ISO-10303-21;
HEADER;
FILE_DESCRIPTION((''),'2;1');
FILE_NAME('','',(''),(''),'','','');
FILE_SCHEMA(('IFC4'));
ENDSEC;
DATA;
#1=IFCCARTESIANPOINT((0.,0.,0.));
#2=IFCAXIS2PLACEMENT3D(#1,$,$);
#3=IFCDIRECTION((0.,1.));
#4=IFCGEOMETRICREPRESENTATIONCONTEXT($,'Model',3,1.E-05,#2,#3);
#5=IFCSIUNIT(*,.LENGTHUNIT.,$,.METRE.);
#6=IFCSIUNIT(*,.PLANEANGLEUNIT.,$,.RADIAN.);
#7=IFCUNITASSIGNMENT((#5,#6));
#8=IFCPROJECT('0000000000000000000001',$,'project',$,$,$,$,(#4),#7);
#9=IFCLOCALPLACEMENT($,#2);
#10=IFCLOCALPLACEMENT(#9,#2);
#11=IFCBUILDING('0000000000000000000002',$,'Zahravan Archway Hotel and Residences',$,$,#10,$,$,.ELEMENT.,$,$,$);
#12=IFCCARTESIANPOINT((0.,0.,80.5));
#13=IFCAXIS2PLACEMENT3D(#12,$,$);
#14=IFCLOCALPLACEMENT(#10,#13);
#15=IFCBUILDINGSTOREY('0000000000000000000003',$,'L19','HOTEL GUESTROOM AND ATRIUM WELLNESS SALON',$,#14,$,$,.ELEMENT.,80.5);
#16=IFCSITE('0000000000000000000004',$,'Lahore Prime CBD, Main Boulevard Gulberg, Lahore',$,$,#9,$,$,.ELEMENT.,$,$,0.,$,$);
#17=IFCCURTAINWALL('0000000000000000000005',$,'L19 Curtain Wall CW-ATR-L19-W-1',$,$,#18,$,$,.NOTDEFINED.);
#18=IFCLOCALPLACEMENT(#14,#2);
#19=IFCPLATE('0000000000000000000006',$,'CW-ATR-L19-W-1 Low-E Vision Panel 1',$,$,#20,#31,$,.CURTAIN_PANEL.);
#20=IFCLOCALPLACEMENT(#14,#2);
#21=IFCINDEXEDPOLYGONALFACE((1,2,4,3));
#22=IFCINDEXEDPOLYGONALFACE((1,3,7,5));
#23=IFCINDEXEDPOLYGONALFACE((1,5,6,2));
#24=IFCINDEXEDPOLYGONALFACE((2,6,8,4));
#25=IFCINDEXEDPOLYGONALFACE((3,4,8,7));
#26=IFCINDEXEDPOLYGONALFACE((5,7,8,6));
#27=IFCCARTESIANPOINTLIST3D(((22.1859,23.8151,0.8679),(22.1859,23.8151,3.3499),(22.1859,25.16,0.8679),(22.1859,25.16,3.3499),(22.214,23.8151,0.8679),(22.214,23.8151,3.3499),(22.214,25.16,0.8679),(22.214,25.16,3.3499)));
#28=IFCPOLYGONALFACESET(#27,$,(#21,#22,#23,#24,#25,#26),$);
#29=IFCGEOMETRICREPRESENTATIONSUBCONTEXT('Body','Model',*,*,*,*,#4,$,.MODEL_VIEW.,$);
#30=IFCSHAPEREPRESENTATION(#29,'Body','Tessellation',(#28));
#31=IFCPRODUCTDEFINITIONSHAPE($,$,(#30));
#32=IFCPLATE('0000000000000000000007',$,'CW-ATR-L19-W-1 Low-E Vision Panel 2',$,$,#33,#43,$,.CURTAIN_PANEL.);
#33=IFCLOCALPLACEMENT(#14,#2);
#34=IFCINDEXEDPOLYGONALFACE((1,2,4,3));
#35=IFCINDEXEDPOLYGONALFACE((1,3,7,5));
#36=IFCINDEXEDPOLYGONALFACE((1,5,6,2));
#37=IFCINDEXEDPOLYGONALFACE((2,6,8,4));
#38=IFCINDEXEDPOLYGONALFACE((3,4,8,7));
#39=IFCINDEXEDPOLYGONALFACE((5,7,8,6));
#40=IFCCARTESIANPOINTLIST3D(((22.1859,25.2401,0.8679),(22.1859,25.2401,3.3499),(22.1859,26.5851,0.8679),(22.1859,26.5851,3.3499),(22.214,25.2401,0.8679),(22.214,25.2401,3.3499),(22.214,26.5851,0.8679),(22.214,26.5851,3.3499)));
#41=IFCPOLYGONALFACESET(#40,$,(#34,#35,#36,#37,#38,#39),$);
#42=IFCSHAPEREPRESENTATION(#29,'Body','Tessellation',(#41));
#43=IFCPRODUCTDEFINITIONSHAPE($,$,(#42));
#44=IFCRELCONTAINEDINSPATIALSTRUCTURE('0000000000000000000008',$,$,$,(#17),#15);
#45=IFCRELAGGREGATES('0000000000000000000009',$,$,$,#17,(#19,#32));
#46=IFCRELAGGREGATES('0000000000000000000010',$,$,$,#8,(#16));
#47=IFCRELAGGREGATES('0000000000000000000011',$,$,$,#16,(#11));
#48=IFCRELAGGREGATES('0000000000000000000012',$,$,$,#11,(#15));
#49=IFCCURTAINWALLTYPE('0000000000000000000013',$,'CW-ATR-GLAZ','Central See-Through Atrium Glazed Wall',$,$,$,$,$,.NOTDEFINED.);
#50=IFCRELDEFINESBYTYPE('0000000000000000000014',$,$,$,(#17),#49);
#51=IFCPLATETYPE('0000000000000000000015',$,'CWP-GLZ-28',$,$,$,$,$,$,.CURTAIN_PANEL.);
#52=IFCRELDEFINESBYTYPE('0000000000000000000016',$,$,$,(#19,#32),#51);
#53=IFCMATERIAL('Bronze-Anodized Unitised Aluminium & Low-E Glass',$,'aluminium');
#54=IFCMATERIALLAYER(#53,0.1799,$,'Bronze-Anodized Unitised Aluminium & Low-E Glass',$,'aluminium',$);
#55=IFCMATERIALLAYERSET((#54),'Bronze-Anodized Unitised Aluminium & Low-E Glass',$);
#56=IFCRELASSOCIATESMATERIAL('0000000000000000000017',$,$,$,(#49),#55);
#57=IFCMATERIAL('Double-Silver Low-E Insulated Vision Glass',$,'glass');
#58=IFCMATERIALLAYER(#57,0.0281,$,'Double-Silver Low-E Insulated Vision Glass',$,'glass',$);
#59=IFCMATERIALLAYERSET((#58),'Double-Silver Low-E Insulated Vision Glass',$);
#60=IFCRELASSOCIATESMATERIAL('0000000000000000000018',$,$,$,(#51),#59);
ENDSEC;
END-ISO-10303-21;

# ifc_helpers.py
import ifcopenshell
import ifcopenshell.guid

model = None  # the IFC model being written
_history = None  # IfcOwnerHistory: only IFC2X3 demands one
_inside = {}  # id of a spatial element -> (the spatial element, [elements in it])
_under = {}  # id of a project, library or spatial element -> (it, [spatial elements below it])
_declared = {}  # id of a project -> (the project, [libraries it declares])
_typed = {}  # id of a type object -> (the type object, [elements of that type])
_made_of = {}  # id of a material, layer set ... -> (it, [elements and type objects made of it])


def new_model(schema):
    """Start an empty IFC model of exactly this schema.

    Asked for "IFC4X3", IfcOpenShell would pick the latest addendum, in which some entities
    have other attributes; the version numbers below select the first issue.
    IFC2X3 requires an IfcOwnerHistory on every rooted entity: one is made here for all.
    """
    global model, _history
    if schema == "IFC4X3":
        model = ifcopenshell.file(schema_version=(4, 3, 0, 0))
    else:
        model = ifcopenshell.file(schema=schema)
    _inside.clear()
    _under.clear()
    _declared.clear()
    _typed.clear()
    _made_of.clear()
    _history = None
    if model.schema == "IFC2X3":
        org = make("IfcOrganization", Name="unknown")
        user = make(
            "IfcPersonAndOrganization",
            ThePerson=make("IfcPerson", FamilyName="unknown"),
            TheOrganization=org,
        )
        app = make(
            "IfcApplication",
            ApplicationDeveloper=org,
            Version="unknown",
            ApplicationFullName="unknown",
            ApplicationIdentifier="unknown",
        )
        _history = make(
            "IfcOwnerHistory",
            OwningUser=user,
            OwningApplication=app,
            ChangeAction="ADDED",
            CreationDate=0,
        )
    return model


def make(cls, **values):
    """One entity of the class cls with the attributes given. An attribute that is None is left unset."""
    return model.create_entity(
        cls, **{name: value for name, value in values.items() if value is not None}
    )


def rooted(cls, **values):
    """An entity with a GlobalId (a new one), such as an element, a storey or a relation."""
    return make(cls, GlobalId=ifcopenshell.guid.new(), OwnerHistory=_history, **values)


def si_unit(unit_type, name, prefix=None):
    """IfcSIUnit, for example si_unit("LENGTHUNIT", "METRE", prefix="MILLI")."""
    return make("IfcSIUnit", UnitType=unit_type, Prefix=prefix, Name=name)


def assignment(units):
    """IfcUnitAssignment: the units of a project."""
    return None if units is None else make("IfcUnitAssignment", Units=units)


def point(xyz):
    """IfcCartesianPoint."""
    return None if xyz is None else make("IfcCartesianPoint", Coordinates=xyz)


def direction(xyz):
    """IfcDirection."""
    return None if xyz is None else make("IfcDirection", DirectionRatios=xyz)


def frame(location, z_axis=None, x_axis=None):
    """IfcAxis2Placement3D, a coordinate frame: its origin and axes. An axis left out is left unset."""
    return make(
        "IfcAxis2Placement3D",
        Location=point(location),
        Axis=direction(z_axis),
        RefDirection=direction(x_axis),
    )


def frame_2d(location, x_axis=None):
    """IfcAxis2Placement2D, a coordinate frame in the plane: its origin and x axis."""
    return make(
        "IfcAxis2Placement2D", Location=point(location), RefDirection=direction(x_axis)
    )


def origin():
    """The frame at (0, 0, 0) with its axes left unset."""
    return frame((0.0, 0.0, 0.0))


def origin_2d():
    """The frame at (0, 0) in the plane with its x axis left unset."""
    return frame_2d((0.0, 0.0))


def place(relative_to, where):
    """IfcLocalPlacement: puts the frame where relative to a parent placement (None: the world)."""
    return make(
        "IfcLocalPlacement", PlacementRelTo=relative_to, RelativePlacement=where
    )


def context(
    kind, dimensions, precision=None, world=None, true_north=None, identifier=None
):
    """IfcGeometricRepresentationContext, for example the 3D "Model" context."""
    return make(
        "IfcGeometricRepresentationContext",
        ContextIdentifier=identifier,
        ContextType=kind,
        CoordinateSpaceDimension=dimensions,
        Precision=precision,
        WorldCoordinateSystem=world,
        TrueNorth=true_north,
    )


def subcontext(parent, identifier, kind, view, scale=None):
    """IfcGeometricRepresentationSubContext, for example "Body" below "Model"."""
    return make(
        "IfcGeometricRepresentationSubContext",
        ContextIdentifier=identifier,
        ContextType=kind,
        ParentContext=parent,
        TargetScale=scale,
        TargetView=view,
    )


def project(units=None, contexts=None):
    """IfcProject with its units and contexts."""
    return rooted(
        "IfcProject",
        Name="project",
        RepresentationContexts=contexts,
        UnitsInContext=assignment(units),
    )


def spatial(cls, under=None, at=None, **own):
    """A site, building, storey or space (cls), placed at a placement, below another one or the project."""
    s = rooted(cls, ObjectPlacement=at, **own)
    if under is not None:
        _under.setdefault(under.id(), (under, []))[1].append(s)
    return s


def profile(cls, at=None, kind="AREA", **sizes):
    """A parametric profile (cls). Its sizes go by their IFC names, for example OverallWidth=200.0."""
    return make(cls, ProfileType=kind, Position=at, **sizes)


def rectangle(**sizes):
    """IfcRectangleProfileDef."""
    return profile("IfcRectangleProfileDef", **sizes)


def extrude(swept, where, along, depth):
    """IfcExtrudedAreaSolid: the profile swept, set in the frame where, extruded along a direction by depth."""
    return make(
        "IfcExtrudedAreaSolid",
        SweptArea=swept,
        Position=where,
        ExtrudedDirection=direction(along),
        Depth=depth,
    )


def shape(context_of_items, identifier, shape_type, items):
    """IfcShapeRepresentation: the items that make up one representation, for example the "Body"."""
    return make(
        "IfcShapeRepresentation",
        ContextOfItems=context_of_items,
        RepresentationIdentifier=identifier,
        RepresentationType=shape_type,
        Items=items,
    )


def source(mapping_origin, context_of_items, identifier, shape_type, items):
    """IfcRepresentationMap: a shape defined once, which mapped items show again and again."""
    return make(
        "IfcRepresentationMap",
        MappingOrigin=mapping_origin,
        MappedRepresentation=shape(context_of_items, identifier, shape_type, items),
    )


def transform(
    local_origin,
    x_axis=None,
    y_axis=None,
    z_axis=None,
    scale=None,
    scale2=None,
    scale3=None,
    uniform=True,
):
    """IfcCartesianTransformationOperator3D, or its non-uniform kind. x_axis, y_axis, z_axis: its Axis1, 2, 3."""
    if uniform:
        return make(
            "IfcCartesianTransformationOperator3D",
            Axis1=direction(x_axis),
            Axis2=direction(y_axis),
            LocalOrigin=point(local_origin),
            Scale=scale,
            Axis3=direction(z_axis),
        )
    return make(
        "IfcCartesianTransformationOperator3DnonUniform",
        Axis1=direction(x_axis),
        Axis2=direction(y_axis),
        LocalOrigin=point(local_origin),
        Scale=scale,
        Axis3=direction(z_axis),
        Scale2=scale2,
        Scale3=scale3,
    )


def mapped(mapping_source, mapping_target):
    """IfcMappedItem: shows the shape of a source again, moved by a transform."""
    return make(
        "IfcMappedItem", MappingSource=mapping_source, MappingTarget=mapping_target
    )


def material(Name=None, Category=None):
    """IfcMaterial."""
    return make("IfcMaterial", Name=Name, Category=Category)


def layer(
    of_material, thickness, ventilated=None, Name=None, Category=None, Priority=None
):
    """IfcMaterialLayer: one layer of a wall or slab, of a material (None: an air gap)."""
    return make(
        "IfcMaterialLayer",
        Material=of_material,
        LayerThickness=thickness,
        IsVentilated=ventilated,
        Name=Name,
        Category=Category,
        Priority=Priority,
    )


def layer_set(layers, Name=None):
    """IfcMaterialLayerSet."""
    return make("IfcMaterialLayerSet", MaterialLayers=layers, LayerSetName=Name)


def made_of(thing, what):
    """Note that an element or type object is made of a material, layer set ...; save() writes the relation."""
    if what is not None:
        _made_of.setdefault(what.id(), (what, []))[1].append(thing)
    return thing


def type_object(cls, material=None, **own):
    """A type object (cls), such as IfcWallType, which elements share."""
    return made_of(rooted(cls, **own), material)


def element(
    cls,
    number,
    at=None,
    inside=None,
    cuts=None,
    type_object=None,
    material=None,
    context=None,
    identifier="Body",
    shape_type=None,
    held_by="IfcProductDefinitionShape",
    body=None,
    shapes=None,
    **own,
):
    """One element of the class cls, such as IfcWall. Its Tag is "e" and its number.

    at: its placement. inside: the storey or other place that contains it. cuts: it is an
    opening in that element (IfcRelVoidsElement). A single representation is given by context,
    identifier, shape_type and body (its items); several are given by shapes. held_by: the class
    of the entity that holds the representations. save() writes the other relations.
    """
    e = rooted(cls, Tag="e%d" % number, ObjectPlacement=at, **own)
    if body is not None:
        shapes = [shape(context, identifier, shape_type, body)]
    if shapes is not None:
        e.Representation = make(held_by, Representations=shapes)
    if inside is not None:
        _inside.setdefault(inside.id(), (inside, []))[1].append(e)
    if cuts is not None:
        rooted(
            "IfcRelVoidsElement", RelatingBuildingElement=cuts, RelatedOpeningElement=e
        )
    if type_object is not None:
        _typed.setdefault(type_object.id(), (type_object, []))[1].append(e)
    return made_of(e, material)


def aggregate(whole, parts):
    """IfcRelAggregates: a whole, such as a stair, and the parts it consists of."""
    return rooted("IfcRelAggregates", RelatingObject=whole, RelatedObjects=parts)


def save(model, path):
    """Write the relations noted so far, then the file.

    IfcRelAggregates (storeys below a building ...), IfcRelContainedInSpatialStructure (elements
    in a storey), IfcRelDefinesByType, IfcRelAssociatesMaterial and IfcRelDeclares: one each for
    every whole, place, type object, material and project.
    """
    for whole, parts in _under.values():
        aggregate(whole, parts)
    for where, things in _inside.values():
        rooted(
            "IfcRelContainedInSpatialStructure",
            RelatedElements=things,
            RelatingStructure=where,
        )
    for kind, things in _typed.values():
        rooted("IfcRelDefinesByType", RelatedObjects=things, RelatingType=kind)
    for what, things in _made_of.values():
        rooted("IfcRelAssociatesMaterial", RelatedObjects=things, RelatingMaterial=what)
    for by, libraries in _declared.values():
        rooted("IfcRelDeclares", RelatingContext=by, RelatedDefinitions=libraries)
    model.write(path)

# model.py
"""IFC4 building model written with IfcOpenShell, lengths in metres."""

from ifc_helpers import new_model, si_unit, direction, frame, origin, origin_2d, place, context, subcontext, project, spatial, rectangle, extrude, source, transform, mapped, material, layer, layer_set, type_object, element, aggregate, save


model = new_model("IFC4")

# Units and contexts
model_context = context("Model", 3, precision=1e-05, world=origin(), true_north=direction((0.0, 1.0)))
body_context = subcontext(model_context, "Body", "Model", "MODEL_VIEW")
ifc_project = project(units=[si_unit("LENGTHUNIT", "METRE"), si_unit("PLANEANGLEUNIT", "RADIAN")], contexts=[model_context])

# Site, building, storey
site_placement = place(None, origin())
site = spatial("IfcSite", under=ifc_project, at=site_placement, Name="Lahore Prime CBD, Main Boulevard Gulberg, Lahore", CompositionType="ELEMENT", RefElevation=0.0)
building_placement = place(site_placement, origin())
building = spatial("IfcBuilding", under=site, at=building_placement, Name="Zahravan Archway Hotel and Residences", CompositionType="ELEMENT")
storey_placement = place(building_placement, frame((0.0, 0.0, 80.5)))
storey = spatial("IfcBuildingStorey", under=building, at=storey_placement, Name="L19", Description="HOTEL GUESTROOM AND ATRIUM WELLNESS SALON", CompositionType="ELEMENT", Elevation=80.5)

# Curtain wall
ifc_material_1 = material(Name="Bronze-Anodized Unitised Aluminium & Low-E Glass", Category="aluminium")
ifc_layer_1 = layer(ifc_material_1, 0.1799, Name="Bronze-Anodized Unitised Aluminium & Low-E Glass", Category="aluminium")
ifc_layer_set_1 = layer_set([ifc_layer_1], Name="Bronze-Anodized Unitised Aluminium & Low-E Glass")
curtain_wall_type = type_object("IfcCurtainWallType", Name="CW-ATR-GLAZ", Description="Central See-Through Atrium Glazed Wall", PredefinedType="NOTDEFINED", material=ifc_layer_set_1)
curtain_wall_1_placement = place(storey_placement, origin())
curtain_wall_1 = element("IfcCurtainWall", 1, at=curtain_wall_1_placement, inside=storey, type_object=curtain_wall_type, Name="L19 Curtain Wall CW-ATR-L19-W-1", PredefinedType="NOTDEFINED")

# Plates
ifc_material_2 = material(Name="Double-Silver Low-E Insulated Vision Glass", Category="glass")
ifc_layer_2 = layer(ifc_material_2, 0.0281, Name="Double-Silver Low-E Insulated Vision Glass", Category="glass")
ifc_layer_set_2 = layer_set([ifc_layer_2], Name="Double-Silver Low-E Insulated Vision Glass")
plate_type_1 = type_object("IfcPlateType", Name="CWP-GLZ-28", PredefinedType="CURTAIN_PANEL", material=ifc_layer_set_2)
shared_shape_1 = source(origin(), body_context, "Body", "SweptSolid", [
    extrude(rectangle(XDim=1.345, YDim=0.0281, at=origin_2d()), origin(), (0.0, 0.0, 1.0), 2.4819),
])
plate_1_placement = place(storey_placement, frame((22.2, 24.4875, 0.8679), z_axis=(0.0, 0.0, 1.0), x_axis=(0.0, 1.0, 0.0)))
plate_1 = element("IfcPlate", 2, at=plate_1_placement, type_object=plate_type_1, Name="CW-ATR-L19-W-1 Low-E Vision Panel 1", PredefinedType="CURTAIN_PANEL", context=body_context, shape_type="MappedRepresentation", body=[
    mapped(shared_shape_1, transform((0.0, 0.0, 0.0), scale=1.0)),
])
plate_2_placement = place(storey_placement, frame((22.2, 25.9126, 0.8679), z_axis=(0.0, 0.0, 1.0), x_axis=(0.0, 1.0, 0.0)))
plate_2 = element("IfcPlate", 3, at=plate_2_placement, type_object=plate_type_1, Name="CW-ATR-L19-W-1 Low-E Vision Panel 2", PredefinedType="CURTAIN_PANEL", context=body_context, shape_type="MappedRepresentation", body=[
    mapped(shared_shape_1, transform((0.0, 0.0, 0.0), scale=1.0)),
])
aggregate(curtain_wall_1, [plate_1, plate_2])

save(model, "model.ifc")
